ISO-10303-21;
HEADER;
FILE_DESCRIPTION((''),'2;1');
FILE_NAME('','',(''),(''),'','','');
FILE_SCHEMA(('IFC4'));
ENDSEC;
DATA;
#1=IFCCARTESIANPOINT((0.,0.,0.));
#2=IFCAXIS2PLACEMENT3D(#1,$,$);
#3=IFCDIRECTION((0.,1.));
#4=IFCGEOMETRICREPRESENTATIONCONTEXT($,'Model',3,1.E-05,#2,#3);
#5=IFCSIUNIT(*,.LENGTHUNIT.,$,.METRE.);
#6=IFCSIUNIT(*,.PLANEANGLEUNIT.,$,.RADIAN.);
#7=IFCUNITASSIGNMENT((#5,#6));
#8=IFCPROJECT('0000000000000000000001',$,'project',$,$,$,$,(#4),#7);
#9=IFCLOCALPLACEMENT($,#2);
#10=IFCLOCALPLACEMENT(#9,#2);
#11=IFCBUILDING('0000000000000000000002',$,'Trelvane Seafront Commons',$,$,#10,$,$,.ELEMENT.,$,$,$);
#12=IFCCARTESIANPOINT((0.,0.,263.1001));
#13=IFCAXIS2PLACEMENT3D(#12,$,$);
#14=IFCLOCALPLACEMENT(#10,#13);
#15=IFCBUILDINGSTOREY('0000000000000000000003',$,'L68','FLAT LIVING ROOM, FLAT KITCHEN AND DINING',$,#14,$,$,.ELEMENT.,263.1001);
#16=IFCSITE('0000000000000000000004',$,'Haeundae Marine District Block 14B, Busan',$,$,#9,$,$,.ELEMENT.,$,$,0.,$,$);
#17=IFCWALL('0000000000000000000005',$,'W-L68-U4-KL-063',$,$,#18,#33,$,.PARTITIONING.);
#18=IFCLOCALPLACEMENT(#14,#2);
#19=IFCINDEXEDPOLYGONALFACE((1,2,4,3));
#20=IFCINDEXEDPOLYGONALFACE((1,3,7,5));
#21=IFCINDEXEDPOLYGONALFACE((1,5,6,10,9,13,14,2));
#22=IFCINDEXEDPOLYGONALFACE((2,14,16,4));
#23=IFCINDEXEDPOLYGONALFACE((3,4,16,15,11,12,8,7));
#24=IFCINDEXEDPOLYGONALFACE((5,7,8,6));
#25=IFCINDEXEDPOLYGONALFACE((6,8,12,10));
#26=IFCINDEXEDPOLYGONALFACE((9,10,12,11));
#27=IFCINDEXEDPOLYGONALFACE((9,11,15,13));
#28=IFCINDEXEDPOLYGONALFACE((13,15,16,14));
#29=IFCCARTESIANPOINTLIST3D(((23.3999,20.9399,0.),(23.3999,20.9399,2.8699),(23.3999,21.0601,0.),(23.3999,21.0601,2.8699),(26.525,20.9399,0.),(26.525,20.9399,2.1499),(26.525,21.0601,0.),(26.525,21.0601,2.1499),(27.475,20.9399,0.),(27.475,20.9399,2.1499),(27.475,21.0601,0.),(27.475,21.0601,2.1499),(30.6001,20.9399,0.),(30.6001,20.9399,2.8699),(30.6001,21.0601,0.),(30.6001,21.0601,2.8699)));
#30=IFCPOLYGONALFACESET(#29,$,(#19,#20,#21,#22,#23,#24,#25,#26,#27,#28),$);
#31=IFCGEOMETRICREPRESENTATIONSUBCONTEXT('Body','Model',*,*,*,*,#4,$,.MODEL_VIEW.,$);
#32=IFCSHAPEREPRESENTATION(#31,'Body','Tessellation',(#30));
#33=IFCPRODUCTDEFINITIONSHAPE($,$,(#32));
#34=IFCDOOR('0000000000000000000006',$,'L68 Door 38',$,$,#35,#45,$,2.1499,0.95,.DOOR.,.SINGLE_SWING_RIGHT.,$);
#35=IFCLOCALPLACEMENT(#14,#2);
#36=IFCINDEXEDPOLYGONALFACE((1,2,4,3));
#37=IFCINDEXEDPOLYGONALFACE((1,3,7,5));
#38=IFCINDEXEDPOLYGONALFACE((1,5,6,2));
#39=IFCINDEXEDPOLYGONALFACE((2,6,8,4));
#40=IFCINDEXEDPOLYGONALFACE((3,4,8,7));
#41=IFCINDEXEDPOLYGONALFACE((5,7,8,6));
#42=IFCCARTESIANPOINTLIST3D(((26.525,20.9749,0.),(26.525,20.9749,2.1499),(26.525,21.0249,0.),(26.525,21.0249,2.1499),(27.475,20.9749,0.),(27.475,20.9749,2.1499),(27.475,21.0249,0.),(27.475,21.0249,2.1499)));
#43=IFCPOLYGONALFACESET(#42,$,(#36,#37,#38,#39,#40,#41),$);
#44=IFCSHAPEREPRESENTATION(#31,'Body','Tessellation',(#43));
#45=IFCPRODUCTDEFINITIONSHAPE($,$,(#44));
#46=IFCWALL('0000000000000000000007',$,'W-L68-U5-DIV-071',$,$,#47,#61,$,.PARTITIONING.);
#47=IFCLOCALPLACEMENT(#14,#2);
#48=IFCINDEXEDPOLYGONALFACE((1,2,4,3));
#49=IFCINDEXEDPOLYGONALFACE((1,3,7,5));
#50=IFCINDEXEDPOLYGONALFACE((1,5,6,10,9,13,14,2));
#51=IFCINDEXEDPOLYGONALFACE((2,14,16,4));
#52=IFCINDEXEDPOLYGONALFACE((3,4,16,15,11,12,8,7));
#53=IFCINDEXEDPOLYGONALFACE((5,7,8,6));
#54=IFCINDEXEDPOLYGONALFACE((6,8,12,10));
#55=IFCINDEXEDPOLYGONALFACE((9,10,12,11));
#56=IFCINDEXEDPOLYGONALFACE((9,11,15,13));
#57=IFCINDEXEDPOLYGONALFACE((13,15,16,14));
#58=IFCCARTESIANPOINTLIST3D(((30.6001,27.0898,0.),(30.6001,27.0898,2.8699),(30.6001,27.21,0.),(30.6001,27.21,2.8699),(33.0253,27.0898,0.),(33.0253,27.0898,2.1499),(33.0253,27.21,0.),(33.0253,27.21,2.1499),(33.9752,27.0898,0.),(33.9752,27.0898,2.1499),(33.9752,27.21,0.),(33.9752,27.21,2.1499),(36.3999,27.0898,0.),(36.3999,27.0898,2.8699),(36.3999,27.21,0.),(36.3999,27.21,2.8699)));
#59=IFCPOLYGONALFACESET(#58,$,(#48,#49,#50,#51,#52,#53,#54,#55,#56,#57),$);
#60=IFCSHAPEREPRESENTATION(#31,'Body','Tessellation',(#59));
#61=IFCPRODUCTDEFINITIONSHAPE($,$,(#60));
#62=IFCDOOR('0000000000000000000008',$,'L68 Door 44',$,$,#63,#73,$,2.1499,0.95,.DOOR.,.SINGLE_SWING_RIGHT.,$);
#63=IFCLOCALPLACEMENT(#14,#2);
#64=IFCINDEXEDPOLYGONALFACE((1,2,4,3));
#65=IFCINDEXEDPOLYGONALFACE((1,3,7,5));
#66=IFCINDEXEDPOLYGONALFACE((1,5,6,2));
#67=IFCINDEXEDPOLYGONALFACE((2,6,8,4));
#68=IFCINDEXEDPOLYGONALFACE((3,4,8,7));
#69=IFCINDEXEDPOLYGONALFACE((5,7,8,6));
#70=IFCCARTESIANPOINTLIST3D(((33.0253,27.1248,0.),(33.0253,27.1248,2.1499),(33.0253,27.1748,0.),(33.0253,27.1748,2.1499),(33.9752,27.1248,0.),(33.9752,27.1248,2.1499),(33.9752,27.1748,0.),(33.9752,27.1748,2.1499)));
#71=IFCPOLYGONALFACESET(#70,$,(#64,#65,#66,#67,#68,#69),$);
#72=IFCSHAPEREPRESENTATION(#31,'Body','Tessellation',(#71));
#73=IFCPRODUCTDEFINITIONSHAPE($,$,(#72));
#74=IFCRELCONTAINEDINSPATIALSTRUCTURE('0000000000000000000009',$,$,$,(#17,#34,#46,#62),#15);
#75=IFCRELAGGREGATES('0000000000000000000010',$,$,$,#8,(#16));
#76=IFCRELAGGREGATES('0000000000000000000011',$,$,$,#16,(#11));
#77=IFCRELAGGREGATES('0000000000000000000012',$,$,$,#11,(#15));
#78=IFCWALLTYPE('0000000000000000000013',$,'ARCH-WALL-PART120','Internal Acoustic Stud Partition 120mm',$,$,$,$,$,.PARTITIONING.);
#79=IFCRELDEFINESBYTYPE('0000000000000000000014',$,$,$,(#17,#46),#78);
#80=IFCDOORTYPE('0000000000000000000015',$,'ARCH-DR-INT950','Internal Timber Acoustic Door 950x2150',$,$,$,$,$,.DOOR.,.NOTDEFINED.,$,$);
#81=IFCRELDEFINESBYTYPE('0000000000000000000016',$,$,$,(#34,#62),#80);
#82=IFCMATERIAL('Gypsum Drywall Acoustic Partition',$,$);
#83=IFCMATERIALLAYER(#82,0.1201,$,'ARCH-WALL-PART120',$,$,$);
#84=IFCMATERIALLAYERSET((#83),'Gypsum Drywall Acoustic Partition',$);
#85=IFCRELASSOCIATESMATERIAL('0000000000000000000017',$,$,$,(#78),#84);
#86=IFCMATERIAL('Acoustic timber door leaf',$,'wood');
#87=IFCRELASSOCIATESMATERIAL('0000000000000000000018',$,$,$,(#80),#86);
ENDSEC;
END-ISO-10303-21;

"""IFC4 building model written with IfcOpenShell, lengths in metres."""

from ifc_helpers import new_model, si_unit, direction, frame, frame_2d, origin, place, context, subcontext, project, spatial, rectangle, extrude, source, transform, mapped, material, layer, layer_set, type_object, element, fill, save


model = new_model("IFC4")

# Units and contexts
model_context = context("Model", 3, precision=1e-05, world=origin(), true_north=direction((0.0, 1.0)))
body_context = subcontext(model_context, "Body", "Model", "MODEL_VIEW")
ifc_project = project(units=[si_unit("LENGTHUNIT", "METRE"), si_unit("PLANEANGLEUNIT", "RADIAN")], contexts=[model_context])

# Site, building, storey
site_placement = place(None, origin())
site = spatial("IfcSite", under=ifc_project, at=site_placement, Name="Haeundae Marine District Block 14B, Busan", CompositionType="ELEMENT", RefElevation=0.0)
building_placement = place(site_placement, origin())
building = spatial("IfcBuilding", under=site, at=building_placement, Name="Trelvane Seafront Commons", CompositionType="ELEMENT")
storey_placement = place(building_placement, frame((0.0, 0.0, 263.1001)))
storey = spatial("IfcBuildingStorey", under=building, at=storey_placement, Name="L68", Description="FLAT LIVING ROOM, FLAT KITCHEN AND DINING", CompositionType="ELEMENT", Elevation=263.1001)

# Walls, openings, doors
ifc_material_1 = material(Name="Gypsum Drywall Acoustic Partition")
ifc_layer = layer(ifc_material_1, 0.1201, Name="ARCH-WALL-PART120")
ifc_layer_set = layer_set([ifc_layer], Name="Gypsum Drywall Acoustic Partition")
wall_type = type_object("IfcWallType", Name="ARCH-WALL-PART120", Description="Internal Acoustic Stud Partition 120mm", PredefinedType="PARTITIONING", material=ifc_layer_set)
ifc_material_2 = material(Name="Acoustic timber door leaf", Category="wood")
door_type = type_object("IfcDoorType", Name="ARCH-DR-INT950", Description="Internal Timber Acoustic Door 950x2150", OperationType="NOTDEFINED", PredefinedType="DOOR", material=ifc_material_2)
shared_shape_1 = source(origin(), body_context, "Body", "SweptSolid", [
    extrude(rectangle(XDim=0.95, YDim=2.1499, at=frame_2d((0.4751, 1.075))), frame((0.0, 0.0249, 0.0), z_axis=(0.0, -1.0, 0.0), x_axis=(1.0, 0.0, 0.0)), (0.0, 0.0, 1.0), 0.05),
])
wall_1_placement = place(storey_placement, frame((23.3999, 21.0, 0.0), z_axis=(0.0, 0.0, 1.0), x_axis=(1.0, 0.0, 0.0)))
wall_1 = element("IfcWall", 1, at=wall_1_placement, inside=storey, type_object=wall_type, Name="W-L68-U4-KL-063", PredefinedType="PARTITIONING", context=body_context, shape_type="SweptSolid", body=[
    extrude(rectangle(XDim=7.2002, YDim=0.1201, at=frame_2d((3.6001, 0.0))), origin(), (0.0, 0.0, 1.0), 2.8699),
])
opening_1_placement = place(wall_1_placement, frame((3.125, 0.0, 0.0)))
opening_1 = element("IfcOpeningElement", 2, at=opening_1_placement, cuts=wall_1, PredefinedType="OPENING", context=body_context, shape_type="SweptSolid", body=[
    extrude(rectangle(XDim=0.95, YDim=2.1499, at=frame_2d((0.4751, 1.075))), frame((0.0, 0.0701, 0.0), z_axis=(0.0, -1.0, 0.0), x_axis=(1.0, 0.0, 0.0)), (0.0, 0.0, 1.0), 0.1401),
])
door_1_placement = place(opening_1_placement, origin())
door_1 = element("IfcDoor", 3, at=door_1_placement, inside=storey, type_object=door_type, Name="L68 Door 38", OperationType="SINGLE_SWING_RIGHT", OverallHeight=2.1499, OverallWidth=0.95, PredefinedType="DOOR", context=body_context, shape_type="MappedRepresentation", body=[
    mapped(shared_shape_1, transform((0.0, 0.0, 0.0), x_axis=(1.0, 0.0, 0.0), y_axis=(0.0, 1.0, 0.0), z_axis=(0.0, 0.0, 1.0), scale=1.0)),
])
fill(opening_1, door_1)
wall_2_placement = place(storey_placement, frame((30.6001, 27.1499, 0.0), z_axis=(0.0, 0.0, 1.0), x_axis=(1.0, 0.0, 0.0)))
wall_2 = element("IfcWall", 4, at=wall_2_placement, inside=storey, type_object=wall_type, Name="W-L68-U5-DIV-071", PredefinedType="PARTITIONING", context=body_context, shape_type="SweptSolid", body=[
    extrude(rectangle(XDim=5.7998, YDim=0.1201, at=frame_2d((2.8999, 0.0))), origin(), (0.0, 0.0, 1.0), 2.8699),
])
opening_2_placement = place(wall_2_placement, frame((2.425, 0.0, 0.0)))
opening_2 = element("IfcOpeningElement", 5, at=opening_2_placement, cuts=wall_2, PredefinedType="OPENING", context=body_context, shape_type="SweptSolid", body=[
    extrude(rectangle(XDim=0.95, YDim=2.1499, at=frame_2d((0.4751, 1.075))), frame((0.0, 0.0701, 0.0), z_axis=(0.0, -1.0, 0.0), x_axis=(1.0, 0.0, 0.0)), (0.0, 0.0, 1.0), 0.1401),
])
door_2_placement = place(opening_2_placement, origin())
door_2 = element("IfcDoor", 6, at=door_2_placement, inside=storey, type_object=door_type, Name="L68 Door 44", OperationType="SINGLE_SWING_RIGHT", OverallHeight=2.1499, OverallWidth=0.95, PredefinedType="DOOR", context=body_context, shape_type="MappedRepresentation", body=[
    mapped(shared_shape_1, transform((0.0, 0.0, 0.0), x_axis=(1.0, 0.0, 0.0), y_axis=(0.0, 1.0, 0.0), z_axis=(0.0, 0.0, 1.0), scale=1.0)),
])
fill(opening_2, door_2)

save(model, "model.ifc")
